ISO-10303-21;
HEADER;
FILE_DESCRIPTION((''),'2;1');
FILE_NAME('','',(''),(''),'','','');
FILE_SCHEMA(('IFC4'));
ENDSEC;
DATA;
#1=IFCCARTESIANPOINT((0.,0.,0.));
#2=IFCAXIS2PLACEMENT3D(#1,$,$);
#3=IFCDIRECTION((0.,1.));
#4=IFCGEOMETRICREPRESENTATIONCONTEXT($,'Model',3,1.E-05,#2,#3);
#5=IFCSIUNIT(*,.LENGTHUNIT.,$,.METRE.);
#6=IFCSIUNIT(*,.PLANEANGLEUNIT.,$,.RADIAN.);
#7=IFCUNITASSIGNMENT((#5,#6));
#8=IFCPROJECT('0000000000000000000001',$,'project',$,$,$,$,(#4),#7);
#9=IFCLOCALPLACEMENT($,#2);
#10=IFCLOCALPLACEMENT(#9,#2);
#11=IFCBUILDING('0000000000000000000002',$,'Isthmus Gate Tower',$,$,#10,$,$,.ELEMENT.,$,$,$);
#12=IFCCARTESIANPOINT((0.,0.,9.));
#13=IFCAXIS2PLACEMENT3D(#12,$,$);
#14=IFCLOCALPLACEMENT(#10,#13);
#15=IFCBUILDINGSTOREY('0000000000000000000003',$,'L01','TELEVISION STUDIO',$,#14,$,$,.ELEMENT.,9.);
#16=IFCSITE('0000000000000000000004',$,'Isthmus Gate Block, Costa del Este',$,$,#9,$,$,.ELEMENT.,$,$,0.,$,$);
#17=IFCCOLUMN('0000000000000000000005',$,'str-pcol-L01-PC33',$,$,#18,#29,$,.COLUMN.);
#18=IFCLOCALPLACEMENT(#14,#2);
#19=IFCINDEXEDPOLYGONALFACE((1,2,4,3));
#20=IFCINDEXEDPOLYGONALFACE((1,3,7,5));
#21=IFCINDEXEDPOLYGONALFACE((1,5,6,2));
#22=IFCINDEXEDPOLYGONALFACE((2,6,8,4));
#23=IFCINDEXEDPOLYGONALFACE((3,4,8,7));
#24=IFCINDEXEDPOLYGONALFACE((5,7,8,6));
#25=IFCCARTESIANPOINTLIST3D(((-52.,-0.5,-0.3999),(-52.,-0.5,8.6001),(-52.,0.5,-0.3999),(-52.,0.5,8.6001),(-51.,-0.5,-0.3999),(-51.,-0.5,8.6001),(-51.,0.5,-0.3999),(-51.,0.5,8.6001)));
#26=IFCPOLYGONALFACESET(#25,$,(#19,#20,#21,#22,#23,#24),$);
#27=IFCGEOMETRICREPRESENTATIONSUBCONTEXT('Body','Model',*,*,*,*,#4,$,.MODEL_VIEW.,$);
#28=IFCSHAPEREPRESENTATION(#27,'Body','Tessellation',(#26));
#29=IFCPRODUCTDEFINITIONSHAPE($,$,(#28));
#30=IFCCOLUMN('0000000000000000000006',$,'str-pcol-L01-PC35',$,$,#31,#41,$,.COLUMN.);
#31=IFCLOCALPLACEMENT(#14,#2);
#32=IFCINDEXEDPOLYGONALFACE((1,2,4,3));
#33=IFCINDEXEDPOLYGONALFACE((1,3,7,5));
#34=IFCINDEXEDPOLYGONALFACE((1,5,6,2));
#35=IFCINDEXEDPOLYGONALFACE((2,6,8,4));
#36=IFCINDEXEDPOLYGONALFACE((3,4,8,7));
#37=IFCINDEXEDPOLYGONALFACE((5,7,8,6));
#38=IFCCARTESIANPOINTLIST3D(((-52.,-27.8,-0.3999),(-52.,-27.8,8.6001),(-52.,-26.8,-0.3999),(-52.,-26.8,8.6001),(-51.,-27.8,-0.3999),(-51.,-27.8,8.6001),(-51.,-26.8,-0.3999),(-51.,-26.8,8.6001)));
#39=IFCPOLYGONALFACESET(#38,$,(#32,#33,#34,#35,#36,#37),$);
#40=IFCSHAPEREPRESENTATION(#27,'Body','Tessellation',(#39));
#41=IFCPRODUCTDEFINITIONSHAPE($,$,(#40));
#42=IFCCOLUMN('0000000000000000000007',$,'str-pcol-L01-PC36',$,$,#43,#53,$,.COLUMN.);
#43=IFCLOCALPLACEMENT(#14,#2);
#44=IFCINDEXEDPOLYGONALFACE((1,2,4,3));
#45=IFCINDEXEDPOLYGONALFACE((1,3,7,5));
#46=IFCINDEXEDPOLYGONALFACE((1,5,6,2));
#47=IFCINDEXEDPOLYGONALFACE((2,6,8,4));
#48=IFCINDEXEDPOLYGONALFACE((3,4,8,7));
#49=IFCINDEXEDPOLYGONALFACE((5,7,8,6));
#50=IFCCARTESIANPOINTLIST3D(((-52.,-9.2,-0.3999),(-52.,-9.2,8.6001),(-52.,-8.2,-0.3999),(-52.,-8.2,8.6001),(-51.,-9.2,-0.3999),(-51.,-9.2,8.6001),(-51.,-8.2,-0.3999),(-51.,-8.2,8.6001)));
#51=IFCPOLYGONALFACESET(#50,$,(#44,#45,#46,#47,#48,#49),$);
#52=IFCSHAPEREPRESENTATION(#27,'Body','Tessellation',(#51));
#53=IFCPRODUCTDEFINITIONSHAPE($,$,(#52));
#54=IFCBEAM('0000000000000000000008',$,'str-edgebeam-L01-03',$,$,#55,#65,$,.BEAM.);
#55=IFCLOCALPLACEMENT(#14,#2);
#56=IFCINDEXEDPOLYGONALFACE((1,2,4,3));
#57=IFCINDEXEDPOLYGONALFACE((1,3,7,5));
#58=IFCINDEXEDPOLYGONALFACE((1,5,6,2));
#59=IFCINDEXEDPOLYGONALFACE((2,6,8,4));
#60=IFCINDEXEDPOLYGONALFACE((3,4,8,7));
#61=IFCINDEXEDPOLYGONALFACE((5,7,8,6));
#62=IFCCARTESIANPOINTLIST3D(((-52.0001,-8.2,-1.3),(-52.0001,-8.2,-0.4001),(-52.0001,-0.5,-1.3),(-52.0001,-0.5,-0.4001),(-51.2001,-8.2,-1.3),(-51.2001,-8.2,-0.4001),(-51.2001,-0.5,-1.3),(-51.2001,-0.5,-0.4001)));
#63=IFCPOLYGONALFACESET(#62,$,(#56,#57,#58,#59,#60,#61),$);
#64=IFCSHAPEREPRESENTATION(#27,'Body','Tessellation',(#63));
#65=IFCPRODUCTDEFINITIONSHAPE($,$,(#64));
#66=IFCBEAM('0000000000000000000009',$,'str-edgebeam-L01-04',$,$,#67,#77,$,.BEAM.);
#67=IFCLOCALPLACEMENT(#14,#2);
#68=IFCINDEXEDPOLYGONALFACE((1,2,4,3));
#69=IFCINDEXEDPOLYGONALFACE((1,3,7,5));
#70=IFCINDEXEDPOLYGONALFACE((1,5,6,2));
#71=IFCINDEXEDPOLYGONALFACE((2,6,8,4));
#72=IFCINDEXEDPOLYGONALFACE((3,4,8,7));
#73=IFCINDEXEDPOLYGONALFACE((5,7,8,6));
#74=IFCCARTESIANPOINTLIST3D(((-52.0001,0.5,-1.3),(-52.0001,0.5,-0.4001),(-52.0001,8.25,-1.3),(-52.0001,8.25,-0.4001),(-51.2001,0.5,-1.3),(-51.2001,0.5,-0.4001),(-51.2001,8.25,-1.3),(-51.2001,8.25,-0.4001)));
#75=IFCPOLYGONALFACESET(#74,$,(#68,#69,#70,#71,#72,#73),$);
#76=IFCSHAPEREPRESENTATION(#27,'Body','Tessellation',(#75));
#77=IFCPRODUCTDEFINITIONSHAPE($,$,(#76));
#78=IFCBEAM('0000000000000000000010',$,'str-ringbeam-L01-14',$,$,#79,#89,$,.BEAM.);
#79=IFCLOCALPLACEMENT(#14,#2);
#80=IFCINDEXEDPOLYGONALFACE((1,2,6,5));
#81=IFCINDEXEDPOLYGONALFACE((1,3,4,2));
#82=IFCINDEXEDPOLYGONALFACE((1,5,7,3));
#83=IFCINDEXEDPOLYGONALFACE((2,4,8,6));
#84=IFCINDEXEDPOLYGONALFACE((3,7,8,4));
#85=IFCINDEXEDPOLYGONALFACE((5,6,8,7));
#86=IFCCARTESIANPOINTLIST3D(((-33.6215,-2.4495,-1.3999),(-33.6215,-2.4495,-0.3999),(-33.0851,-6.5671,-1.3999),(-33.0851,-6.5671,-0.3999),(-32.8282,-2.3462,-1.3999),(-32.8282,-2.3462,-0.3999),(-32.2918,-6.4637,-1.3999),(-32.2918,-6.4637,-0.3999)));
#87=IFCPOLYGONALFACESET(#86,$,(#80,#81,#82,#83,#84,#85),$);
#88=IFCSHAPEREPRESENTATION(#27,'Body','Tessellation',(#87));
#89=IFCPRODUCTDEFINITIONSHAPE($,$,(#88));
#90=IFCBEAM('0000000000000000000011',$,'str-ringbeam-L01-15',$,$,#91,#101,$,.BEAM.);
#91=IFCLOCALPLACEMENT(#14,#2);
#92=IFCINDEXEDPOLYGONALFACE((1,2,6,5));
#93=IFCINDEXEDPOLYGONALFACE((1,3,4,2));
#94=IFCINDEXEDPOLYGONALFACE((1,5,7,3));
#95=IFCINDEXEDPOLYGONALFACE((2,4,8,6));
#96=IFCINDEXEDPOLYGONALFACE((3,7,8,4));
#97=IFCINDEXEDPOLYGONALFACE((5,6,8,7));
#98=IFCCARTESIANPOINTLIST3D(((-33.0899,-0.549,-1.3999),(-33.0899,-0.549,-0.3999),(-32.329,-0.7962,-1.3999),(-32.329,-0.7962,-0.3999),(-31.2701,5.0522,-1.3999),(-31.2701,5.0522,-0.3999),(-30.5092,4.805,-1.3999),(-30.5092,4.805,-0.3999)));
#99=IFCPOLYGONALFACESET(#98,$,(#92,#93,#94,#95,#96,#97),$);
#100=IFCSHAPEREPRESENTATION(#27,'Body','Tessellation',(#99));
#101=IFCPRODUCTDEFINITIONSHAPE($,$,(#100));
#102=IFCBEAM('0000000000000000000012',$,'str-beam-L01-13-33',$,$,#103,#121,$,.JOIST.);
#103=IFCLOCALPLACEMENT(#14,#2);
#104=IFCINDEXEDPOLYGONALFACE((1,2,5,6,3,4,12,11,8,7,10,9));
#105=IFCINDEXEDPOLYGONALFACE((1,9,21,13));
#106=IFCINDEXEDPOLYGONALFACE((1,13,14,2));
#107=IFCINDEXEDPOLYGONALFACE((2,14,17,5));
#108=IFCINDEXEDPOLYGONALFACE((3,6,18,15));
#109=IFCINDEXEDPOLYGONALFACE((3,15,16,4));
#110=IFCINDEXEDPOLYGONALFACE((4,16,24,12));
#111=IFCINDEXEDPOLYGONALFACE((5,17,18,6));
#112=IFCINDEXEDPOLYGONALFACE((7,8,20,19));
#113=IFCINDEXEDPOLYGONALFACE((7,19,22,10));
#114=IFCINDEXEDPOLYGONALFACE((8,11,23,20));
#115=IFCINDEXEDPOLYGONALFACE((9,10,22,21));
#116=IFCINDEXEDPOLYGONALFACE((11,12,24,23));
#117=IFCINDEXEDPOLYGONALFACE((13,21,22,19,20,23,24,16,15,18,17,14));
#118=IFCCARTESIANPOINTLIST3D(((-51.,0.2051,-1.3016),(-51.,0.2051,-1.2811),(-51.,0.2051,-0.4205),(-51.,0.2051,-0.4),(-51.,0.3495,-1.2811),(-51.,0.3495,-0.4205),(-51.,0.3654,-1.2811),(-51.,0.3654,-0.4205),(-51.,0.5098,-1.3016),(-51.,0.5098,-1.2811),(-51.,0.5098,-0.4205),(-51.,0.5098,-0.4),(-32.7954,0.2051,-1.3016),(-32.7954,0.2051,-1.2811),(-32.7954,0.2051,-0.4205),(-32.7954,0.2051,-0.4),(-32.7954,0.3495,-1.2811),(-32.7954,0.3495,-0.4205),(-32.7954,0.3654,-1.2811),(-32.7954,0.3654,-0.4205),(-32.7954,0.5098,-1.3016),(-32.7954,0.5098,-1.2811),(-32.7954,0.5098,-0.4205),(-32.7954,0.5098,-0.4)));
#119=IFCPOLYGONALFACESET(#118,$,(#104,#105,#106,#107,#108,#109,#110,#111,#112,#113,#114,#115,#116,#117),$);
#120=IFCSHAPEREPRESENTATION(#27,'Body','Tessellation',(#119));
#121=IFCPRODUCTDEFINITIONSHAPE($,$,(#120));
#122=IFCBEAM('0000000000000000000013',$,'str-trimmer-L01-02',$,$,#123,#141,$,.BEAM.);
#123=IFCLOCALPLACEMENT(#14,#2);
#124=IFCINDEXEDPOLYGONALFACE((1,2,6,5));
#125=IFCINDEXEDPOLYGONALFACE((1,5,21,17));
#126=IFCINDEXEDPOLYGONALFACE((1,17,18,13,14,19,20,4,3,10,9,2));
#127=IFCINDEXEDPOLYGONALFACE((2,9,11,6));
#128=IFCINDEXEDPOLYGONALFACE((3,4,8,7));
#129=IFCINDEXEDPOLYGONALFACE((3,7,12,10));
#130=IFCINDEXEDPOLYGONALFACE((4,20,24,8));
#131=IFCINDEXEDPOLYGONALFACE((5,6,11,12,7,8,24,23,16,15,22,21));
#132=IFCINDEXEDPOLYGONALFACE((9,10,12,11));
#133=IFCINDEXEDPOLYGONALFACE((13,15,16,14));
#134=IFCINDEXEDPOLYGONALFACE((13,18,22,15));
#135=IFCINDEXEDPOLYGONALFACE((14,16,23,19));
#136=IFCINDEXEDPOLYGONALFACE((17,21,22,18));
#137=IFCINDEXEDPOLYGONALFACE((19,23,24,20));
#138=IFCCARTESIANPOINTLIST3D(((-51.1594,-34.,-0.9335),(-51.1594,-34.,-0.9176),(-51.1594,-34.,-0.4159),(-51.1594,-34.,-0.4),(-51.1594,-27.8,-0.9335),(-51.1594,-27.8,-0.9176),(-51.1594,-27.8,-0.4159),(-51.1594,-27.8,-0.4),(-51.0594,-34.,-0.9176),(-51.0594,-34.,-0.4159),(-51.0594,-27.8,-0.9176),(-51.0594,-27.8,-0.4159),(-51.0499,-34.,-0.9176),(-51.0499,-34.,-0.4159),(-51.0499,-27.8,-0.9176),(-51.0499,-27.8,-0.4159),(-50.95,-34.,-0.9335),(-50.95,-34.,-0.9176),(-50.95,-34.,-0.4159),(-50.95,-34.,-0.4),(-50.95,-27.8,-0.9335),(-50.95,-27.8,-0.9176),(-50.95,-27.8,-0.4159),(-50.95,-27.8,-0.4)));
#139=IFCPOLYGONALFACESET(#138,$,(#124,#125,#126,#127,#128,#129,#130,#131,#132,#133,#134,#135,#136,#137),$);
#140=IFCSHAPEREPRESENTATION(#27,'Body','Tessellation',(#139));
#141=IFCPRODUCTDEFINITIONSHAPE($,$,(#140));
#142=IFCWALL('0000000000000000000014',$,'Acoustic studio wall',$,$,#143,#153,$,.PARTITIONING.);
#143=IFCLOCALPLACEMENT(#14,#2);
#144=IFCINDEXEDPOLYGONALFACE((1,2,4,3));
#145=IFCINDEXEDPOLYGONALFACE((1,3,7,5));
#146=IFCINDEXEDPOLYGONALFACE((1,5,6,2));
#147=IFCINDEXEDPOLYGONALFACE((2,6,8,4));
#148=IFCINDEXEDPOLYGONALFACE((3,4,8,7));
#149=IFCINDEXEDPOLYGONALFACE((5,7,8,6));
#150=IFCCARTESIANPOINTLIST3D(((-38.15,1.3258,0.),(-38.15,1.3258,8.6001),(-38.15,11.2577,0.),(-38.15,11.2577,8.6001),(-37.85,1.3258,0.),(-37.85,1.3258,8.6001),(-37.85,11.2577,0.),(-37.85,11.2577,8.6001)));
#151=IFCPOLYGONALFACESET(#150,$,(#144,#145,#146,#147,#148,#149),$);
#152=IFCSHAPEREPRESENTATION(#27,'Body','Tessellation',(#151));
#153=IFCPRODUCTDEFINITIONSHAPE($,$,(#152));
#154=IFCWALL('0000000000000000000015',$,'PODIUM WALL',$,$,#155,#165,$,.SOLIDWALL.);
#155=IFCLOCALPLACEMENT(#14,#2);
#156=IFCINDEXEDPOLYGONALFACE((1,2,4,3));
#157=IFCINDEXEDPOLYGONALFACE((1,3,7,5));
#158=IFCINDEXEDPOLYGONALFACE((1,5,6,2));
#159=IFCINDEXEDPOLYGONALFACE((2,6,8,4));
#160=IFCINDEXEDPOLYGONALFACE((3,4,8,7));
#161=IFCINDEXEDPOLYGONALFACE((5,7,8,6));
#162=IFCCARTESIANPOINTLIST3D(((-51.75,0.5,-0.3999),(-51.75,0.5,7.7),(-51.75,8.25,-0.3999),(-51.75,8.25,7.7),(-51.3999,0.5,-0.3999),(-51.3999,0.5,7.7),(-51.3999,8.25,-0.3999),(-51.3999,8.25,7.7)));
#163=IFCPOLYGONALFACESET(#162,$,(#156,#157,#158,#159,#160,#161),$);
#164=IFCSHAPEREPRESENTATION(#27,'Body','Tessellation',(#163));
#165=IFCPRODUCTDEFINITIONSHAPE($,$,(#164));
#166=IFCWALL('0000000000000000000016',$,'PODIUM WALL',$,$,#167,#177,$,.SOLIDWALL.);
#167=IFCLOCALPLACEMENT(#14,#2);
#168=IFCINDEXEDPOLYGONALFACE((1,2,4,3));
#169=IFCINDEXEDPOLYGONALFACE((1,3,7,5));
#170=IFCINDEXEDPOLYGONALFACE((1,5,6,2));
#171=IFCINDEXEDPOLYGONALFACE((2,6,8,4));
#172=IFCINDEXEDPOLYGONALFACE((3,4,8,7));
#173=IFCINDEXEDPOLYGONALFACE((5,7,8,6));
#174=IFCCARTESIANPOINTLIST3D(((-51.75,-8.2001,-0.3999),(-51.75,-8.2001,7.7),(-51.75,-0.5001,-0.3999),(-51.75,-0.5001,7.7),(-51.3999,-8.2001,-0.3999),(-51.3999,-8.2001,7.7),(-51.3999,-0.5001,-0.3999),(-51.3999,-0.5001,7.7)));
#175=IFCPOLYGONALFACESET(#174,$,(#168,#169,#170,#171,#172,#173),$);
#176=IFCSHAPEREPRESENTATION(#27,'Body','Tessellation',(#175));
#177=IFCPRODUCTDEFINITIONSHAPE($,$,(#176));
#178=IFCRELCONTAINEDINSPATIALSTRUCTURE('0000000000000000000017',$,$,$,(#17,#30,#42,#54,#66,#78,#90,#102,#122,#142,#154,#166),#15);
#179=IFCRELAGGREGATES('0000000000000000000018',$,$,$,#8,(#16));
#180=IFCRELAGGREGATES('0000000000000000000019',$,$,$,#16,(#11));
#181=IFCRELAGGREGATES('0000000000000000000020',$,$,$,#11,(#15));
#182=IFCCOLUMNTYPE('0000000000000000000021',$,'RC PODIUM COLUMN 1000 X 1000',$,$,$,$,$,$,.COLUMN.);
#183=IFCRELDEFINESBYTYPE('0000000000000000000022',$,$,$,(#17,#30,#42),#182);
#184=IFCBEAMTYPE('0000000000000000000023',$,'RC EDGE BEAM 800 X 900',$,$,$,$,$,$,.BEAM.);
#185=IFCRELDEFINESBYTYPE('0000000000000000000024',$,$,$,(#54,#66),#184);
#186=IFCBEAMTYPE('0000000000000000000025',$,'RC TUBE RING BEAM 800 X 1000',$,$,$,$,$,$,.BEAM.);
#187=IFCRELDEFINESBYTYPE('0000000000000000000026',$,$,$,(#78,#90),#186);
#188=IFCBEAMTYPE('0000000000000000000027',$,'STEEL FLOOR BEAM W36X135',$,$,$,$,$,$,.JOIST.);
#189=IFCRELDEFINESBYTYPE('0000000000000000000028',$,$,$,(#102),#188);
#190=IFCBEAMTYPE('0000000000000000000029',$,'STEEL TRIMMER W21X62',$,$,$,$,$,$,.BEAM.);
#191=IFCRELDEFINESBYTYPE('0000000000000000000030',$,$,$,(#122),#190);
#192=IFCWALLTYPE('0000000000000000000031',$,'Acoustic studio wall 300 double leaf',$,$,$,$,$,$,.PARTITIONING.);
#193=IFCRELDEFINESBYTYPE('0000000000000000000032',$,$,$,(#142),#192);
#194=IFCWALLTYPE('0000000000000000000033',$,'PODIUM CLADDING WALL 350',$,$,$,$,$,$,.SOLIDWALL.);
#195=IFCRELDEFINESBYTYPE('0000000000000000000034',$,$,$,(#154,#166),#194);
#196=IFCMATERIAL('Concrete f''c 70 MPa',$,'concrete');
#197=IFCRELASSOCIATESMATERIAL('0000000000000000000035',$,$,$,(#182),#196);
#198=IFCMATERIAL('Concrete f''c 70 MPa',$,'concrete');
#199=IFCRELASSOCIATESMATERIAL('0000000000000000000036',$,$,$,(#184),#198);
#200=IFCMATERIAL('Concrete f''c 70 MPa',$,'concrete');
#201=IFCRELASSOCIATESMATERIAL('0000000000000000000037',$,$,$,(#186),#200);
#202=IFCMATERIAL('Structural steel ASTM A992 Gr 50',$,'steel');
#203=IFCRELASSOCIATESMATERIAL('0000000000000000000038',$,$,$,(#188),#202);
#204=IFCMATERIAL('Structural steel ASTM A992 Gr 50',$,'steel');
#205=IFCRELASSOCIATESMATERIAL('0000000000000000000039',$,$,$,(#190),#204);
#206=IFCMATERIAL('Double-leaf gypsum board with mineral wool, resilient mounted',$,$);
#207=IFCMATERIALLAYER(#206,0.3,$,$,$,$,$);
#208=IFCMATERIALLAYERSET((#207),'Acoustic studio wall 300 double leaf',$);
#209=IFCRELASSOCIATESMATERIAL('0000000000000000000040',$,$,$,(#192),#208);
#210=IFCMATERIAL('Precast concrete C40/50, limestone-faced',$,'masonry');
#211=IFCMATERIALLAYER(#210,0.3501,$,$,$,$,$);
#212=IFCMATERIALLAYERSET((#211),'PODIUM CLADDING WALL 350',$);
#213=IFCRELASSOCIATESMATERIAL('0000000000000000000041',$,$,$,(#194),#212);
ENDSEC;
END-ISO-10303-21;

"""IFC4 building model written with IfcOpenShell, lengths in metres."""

from ifc_helpers import new_model, si_unit, direction, frame, frame_2d, origin, origin_2d, place, context, subcontext, project, spatial, rectangle, i_section, extrude, material, layer, layer_set, material_profile, profile_set, type_object, element, save


model = new_model("IFC4")

# Units and contexts
model_context = context("Model", 3, precision=1e-05, world=origin(), true_north=direction((0.0, 1.0)))
body_context = subcontext(model_context, "Body", "Model", "MODEL_VIEW")
ifc_project = project(units=[si_unit("LENGTHUNIT", "METRE"), si_unit("PLANEANGLEUNIT", "RADIAN")], contexts=[model_context])

# Site, building, storey
site_placement = place(None, origin())
site = spatial("IfcSite", under=ifc_project, at=site_placement, Name="Isthmus Gate Block, Costa del Este", CompositionType="ELEMENT", RefElevation=0.0)
building_placement = place(site_placement, origin())
building = spatial("IfcBuilding", under=site, at=building_placement, Name="Isthmus Gate Tower", CompositionType="ELEMENT")
storey_placement = place(building_placement, frame((0.0, 0.0, 9.0)))
storey = spatial("IfcBuildingStorey", under=building, at=storey_placement, Name="L01", Description="TELEVISION STUDIO", CompositionType="ELEMENT", Elevation=9.0)

# Columns
ifc_material_1 = material(Name="Concrete f'c 70 MPa", Category="concrete")
ifc_material_profile_1 = material_profile(ifc_material_1, rectangle(XDim=1.0, YDim=1.0, at=origin_2d()), Name="RC 1000X1000")
ifc_profile_set_1 = profile_set([ifc_material_profile_1], Name="Concrete f'c 70 MPa")
column_type = type_object("IfcColumnType", Name="RC PODIUM COLUMN 1000 X 1000", PredefinedType="COLUMN", material=ifc_profile_set_1)
for number, where, z_axis, x_axis, name in (
    (1, (-51.5, 0.0, -0.3999), (0.0, 0.0, 1.0), (0.0, -1.0, 0.0), "str-pcol-L01-PC33"),
    (2, (-51.5, -27.3, -0.3999), (0.0, 0.0, 1.0), (0.0, 1.0, 0.0), "str-pcol-L01-PC35"),
    (3, (-51.5, -8.7, -0.3999), (0.0, 0.0, 1.0), (0.0, 1.0, 0.0), "str-pcol-L01-PC36"),
):
    element("IfcColumn", number, at=place(storey_placement, frame(where, z_axis=z_axis, x_axis=x_axis)), inside=storey, type_object=column_type, Name=name, PredefinedType="COLUMN", context=body_context, shape_type="SweptSolid", body=[
        extrude(rectangle(XDim=1.0, YDim=1.0, at=origin_2d()), origin(), (0.0, 0.0, 1.0), 9.0),
    ])

# Beams
ifc_material_2 = material(Name="Concrete f'c 70 MPa", Category="concrete")
ifc_material_profile_2 = material_profile(ifc_material_2, rectangle(XDim=0.8, YDim=0.8999, at=origin_2d()), Name="RC 800X900")
ifc_profile_set_2 = profile_set([ifc_material_profile_2], Name="Concrete f'c 70 MPa")
beam_type_1 = type_object("IfcBeamType", Name="RC EDGE BEAM 800 X 900", PredefinedType="BEAM", material=ifc_profile_set_2)
beam_1_placement = place(storey_placement, frame((-51.6001, -8.2, -0.8501), z_axis=(0.0, 1.0, 0.0), x_axis=(-1.0, 0.0, 0.0)))
element("IfcBeam", 4, at=beam_1_placement, inside=storey, type_object=beam_type_1, Name="str-edgebeam-L01-03", PredefinedType="BEAM", context=body_context, shape_type="SweptSolid", body=[
    extrude(rectangle(XDim=0.8, YDim=0.8999, at=origin_2d()), origin(), (0.0, 0.0, 1.0), 7.7),
])
beam_2_placement = place(storey_placement, frame((-51.6001, 0.5, -0.8501), z_axis=(0.0, 1.0, 0.0), x_axis=(-1.0, 0.0, 0.0)))
element("IfcBeam", 5, at=beam_2_placement, inside=storey, type_object=beam_type_1, Name="str-edgebeam-L01-04", PredefinedType="BEAM", context=body_context, shape_type="SweptSolid", body=[
    extrude(rectangle(XDim=0.8, YDim=0.8999, at=origin_2d()), origin(), (0.0, 0.0, 1.0), 7.75),
])
ifc_material_3 = material(Name="Concrete f'c 70 MPa", Category="concrete")
ifc_material_profile_3 = material_profile(ifc_material_3, rectangle(XDim=0.8, YDim=1.0, at=origin_2d()), Name="RC 800X1000")
ifc_profile_set_3 = profile_set([ifc_material_profile_3], Name="Concrete f'c 70 MPa")
beam_type_2 = type_object("IfcBeamType", Name="RC TUBE RING BEAM 800 X 1000", PredefinedType="BEAM", material=ifc_profile_set_3)
beam_3_placement = place(storey_placement, frame((-32.6885, -6.5154, -0.8999), z_axis=(-0.129171, 0.991622, 0.0), x_axis=(-0.991622, -0.129171, 0.0)))
element("IfcBeam", 6, at=beam_3_placement, inside=storey, type_object=beam_type_2, Name="str-ringbeam-L01-14", PredefinedType="BEAM", context=body_context, shape_type="SweptSolid", body=[
    extrude(rectangle(XDim=0.8, YDim=1.0, at=origin_2d()), origin(), (0.0, 0.0, 1.0), 4.1523),
])
beam_4_placement = place(storey_placement, frame((-32.7095, -0.6726, -0.8999), z_axis=(0.309005, 0.95106, 0.0), x_axis=(-0.95106, 0.309005, 0.0)))
element("IfcBeam", 7, at=beam_4_placement, inside=storey, type_object=beam_type_2, Name="str-ringbeam-L01-15", PredefinedType="BEAM", context=body_context, shape_type="SweptSolid", body=[
    extrude(rectangle(XDim=0.8, YDim=1.0, at=origin_2d()), origin(), (0.0, 0.0, 1.0), 5.8894),
])
ifc_material_4 = material(Name="Structural steel ASTM A992 Gr 50", Category="steel")
ifc_material_profile_4 = material_profile(ifc_material_4, i_section(OverallWidth=0.3047, OverallDepth=0.9016, WebThickness=0.0159, FlangeThickness=0.0205, at=origin_2d()), Name="W36X135")
ifc_profile_set_4 = profile_set([ifc_material_profile_4], Name="Structural steel ASTM A992 Gr 50")
beam_type_3 = type_object("IfcBeamType", Name="STEEL FLOOR BEAM W36X135", PredefinedType="JOIST", material=ifc_profile_set_4)
beam_5_placement = place(storey_placement, frame((-32.7954, 0.3574, -0.8508), z_axis=(-1.0, 0.0, 0.0), x_axis=(0.0, -1.0, 0.0)))
element("IfcBeam", 8, at=beam_5_placement, inside=storey, type_object=beam_type_3, Name="str-beam-L01-13-33", PredefinedType="JOIST", context=body_context, shape_type="SweptSolid", body=[
    extrude(i_section(OverallWidth=0.3047, OverallDepth=0.9016, WebThickness=0.0159, FlangeThickness=0.0205, at=origin_2d()), origin(), (0.0, 0.0, 1.0), 18.2046),
])
ifc_material_5 = material(Name="Structural steel ASTM A992 Gr 50", Category="steel")
ifc_material_profile_5 = material_profile(ifc_material_5, i_section(OverallWidth=0.2095, OverallDepth=0.5334, WebThickness=0.0095, FlangeThickness=0.0159, at=origin_2d()), Name="W21X62")
ifc_profile_set_5 = profile_set([ifc_material_profile_5], Name="Structural steel ASTM A992 Gr 50")
beam_type_4 = type_object("IfcBeamType", Name="STEEL TRIMMER W21X62", PredefinedType="BEAM", material=ifc_profile_set_5)
beam_6_placement = place(storey_placement, frame((-51.0547, -27.8, -0.6667), z_axis=(0.0, -1.0, 0.0), x_axis=(1.0, 0.0, 0.0)))
element("IfcBeam", 9, at=beam_6_placement, inside=storey, type_object=beam_type_4, Name="str-trimmer-L01-02", PredefinedType="BEAM", context=body_context, shape_type="SweptSolid", body=[
    extrude(i_section(OverallWidth=0.2095, OverallDepth=0.5334, WebThickness=0.0095, FlangeThickness=0.0159, at=origin_2d()), origin(), (0.0, 0.0, 1.0), 6.2),
])

# Walls
ifc_material_6 = material(Name="Double-leaf gypsum board with mineral wool, resilient mounted")
ifc_layer_1 = layer(ifc_material_6, 0.3)
ifc_layer_set_1 = layer_set([ifc_layer_1], Name="Acoustic studio wall 300 double leaf")
wall_type_1 = type_object("IfcWallType", Name="Acoustic studio wall 300 double leaf", PredefinedType="PARTITIONING", material=ifc_layer_set_1)
wall_1_placement = place(storey_placement, frame((-38.0, 1.3259, 0.0), z_axis=(0.0, 0.0, 1.0), x_axis=(0.0, 1.0, 0.0)))
element("IfcWall", 10, at=wall_1_placement, inside=storey, type_object=wall_type_1, Name="Acoustic studio wall", PredefinedType="PARTITIONING", context=body_context, shape_type="SweptSolid", body=[
    extrude(rectangle(XDim=9.9319, YDim=0.3, at=frame_2d((4.9658, 0.0))), origin(), (0.0, 0.0, 1.0), 8.6001),
])
ifc_material_7 = material(Name="Precast concrete C40/50, limestone-faced", Category="masonry")
ifc_layer_2 = layer(ifc_material_7, 0.3501)
ifc_layer_set_2 = layer_set([ifc_layer_2], Name="PODIUM CLADDING WALL 350")
wall_type_2 = type_object("IfcWallType", Name="PODIUM CLADDING WALL 350", PredefinedType="SOLIDWALL", material=ifc_layer_set_2)
wall_2_placement = place(storey_placement, frame((-51.575, 8.25, -0.3999), z_axis=(0.0, 0.0, 1.0), x_axis=(0.0, -1.0, 0.0)))
element("IfcWall", 11, at=wall_2_placement, inside=storey, type_object=wall_type_2, Name="PODIUM WALL", PredefinedType="SOLIDWALL", context=body_context, shape_type="SweptSolid", body=[
    extrude(rectangle(XDim=7.75, YDim=0.3501, at=frame_2d((3.875, 0.0))), origin(), (0.0, 0.0, 1.0), 8.0999),
])
wall_3_placement = place(storey_placement, frame((-51.575, -0.5, -0.3999), z_axis=(0.0, 0.0, 1.0), x_axis=(0.0, -1.0, 0.0)))
element("IfcWall", 12, at=wall_3_placement, inside=storey, type_object=wall_type_2, Name="PODIUM WALL", PredefinedType="SOLIDWALL", context=body_context, shape_type="SweptSolid", body=[
    extrude(rectangle(XDim=7.7, YDim=0.3501, at=frame_2d((3.8501, 0.0))), origin(), (0.0, 0.0, 1.0), 8.0999),
])

save(model, "model.ifc")
